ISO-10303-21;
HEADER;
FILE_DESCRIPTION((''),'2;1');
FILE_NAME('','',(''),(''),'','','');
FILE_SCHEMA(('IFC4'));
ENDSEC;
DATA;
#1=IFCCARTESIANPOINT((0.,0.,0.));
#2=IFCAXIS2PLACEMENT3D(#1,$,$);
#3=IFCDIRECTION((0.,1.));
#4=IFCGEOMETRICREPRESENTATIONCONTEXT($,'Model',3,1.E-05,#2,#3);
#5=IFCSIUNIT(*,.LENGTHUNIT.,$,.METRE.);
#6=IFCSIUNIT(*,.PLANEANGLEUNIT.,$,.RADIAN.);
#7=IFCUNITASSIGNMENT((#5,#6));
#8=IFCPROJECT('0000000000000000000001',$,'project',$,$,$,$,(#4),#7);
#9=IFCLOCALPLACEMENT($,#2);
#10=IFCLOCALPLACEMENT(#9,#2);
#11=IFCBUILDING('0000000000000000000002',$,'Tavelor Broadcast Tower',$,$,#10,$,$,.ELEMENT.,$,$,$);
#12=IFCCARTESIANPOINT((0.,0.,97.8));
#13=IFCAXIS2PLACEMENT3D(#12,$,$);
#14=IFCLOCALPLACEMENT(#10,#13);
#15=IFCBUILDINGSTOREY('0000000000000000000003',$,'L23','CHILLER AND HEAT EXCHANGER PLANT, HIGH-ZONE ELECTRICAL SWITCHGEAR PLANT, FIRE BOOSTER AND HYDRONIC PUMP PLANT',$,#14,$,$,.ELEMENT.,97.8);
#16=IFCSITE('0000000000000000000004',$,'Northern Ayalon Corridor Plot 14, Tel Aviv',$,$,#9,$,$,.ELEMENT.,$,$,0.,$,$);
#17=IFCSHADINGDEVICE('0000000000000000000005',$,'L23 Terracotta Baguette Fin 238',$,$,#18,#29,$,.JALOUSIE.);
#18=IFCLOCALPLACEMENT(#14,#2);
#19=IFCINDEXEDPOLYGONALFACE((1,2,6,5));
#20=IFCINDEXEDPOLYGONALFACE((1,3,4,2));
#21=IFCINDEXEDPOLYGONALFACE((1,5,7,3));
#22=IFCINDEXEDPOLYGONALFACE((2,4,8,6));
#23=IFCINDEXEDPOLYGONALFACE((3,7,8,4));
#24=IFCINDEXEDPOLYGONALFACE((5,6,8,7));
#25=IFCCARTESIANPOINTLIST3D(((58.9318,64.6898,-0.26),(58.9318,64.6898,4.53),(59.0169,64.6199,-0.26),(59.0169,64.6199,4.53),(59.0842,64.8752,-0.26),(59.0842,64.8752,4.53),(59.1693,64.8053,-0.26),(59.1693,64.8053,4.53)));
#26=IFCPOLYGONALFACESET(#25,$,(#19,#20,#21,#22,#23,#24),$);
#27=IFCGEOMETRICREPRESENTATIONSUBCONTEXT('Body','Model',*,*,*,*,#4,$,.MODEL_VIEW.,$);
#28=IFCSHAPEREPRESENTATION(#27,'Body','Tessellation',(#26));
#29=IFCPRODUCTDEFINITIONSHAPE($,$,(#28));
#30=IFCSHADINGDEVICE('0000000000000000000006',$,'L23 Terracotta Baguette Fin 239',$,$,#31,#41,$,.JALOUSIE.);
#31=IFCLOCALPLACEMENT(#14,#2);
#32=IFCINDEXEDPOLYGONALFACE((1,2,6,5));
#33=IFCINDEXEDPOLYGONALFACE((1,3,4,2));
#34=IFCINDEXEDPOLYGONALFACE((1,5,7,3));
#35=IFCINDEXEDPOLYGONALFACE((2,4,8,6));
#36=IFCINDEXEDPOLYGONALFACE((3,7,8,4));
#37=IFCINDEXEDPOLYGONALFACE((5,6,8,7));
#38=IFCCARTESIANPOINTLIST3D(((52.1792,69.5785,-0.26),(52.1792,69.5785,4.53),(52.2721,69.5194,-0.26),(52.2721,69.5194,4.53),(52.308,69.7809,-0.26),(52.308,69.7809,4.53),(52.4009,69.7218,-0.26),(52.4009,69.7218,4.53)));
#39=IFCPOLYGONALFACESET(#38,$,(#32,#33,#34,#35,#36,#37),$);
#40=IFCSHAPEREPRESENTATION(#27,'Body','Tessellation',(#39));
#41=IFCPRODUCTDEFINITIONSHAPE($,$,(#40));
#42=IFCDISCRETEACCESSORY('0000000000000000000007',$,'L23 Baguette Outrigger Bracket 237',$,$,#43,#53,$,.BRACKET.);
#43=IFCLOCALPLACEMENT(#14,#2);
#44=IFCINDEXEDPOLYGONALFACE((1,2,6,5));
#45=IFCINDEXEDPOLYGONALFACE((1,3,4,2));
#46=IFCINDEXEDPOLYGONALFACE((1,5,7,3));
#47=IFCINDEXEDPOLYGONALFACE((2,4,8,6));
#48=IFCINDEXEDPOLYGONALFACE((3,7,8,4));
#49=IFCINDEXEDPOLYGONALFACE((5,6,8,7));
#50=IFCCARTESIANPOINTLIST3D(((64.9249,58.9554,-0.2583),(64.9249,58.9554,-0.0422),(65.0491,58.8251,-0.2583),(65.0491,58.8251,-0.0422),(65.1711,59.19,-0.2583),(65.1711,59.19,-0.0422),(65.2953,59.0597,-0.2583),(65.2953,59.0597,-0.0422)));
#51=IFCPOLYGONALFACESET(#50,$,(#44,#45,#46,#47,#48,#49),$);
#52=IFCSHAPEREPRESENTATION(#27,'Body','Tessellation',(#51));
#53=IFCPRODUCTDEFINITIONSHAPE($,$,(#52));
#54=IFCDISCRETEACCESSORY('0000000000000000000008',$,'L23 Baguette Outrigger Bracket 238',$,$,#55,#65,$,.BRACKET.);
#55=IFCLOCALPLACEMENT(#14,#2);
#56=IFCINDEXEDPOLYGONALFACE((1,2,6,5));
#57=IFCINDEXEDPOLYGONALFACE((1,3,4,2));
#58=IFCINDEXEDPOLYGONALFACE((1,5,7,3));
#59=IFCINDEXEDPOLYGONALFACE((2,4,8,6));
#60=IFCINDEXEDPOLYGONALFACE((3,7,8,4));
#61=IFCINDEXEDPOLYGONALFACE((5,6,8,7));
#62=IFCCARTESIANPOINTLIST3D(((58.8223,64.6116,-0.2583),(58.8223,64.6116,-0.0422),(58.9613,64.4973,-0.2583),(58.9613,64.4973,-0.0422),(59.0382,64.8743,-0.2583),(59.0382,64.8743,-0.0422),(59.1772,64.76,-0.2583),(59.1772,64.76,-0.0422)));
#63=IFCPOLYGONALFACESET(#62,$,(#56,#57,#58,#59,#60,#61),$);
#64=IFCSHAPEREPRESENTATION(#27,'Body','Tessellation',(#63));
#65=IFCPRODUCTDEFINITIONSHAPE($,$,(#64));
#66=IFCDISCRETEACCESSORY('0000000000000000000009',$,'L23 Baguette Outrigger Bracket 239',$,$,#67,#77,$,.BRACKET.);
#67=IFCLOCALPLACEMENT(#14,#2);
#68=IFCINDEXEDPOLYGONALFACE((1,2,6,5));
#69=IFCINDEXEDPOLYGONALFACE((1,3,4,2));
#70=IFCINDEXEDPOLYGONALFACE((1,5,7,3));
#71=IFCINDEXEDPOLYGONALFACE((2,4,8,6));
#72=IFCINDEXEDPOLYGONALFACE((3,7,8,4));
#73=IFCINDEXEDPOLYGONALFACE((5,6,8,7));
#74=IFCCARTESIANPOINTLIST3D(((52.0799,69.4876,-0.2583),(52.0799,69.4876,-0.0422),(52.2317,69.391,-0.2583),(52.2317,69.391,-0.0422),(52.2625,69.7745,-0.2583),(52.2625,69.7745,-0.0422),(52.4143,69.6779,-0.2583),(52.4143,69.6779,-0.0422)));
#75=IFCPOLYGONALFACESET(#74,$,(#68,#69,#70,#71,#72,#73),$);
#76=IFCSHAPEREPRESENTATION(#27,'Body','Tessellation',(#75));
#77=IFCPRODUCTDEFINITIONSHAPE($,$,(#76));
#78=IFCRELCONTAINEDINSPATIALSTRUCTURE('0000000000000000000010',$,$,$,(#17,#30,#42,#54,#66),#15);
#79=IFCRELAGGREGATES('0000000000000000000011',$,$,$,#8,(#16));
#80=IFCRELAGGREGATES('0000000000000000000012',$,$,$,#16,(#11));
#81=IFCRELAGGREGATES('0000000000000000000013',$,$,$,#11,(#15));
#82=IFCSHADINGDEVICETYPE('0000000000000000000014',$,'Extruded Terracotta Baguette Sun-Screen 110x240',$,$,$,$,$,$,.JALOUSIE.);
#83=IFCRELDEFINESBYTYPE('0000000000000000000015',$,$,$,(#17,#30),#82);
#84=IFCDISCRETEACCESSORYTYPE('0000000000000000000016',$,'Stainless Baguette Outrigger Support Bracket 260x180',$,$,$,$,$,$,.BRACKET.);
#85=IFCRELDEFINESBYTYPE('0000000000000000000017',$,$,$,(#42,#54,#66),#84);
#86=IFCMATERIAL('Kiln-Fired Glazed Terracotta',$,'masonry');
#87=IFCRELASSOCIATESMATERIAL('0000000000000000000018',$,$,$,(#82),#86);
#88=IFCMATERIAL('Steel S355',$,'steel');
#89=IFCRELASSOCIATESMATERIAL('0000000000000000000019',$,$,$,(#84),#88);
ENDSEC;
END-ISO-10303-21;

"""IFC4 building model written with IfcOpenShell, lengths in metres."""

from ifc_helpers import new_model, si_unit, direction, frame, origin, origin_2d, place, context, subcontext, project, spatial, rectangle, extrude, source, transform, mapped, material, type_object, type_shapes, element, save


model = new_model("IFC4")

# Units and contexts
model_context = context("Model", 3, precision=1e-05, world=origin(), true_north=direction((0.0, 1.0)))
body_context = subcontext(model_context, "Body", "Model", "MODEL_VIEW")
ifc_project = project(units=[si_unit("LENGTHUNIT", "METRE"), si_unit("PLANEANGLEUNIT", "RADIAN")], contexts=[model_context])

# Site, building, storey
site_placement = place(None, origin())
site = spatial("IfcSite", under=ifc_project, at=site_placement, Name="Northern Ayalon Corridor Plot 14, Tel Aviv", CompositionType="ELEMENT", RefElevation=0.0)
building_placement = place(site_placement, origin())
building = spatial("IfcBuilding", under=site, at=building_placement, Name="Tavelor Broadcast Tower", CompositionType="ELEMENT")
storey_placement = place(building_placement, frame((0.0, 0.0, 97.8)))
storey = spatial("IfcBuildingStorey", under=building, at=storey_placement, Name="L23", Description="CHILLER AND HEAT EXCHANGER PLANT, HIGH-ZONE ELECTRICAL SWITCHGEAR PLANT, FIRE BOOSTER AND HYDRONIC PUMP PLANT", CompositionType="ELEMENT", Elevation=97.8)

# Shared definitions
ifc_material_1 = material(Name="Steel S355", Category="steel")

# Shading devices
ifc_material_2 = material(Name="Kiln-Fired Glazed Terracotta", Category="masonry")
shading_device_type = type_object("IfcShadingDeviceType", Name="Extruded Terracotta Baguette Sun-Screen 110x240", PredefinedType="JALOUSIE", material=ifc_material_2)
shared_shape_1 = source(origin(), body_context, "Body", "SweptSolid", [
    extrude(rectangle(XDim=0.1101, YDim=0.24, at=origin_2d()), origin(), (0.0, 0.0, 1.0), 4.79),
])
type_shapes(shading_device_type, [shared_shape_1])
for number, where, z_axis, x_axis, name in (
    (1, (59.0505, 64.7476, -0.26), (0.0, 0.0, 1.0), (-0.772512, 0.635, 0.0), "L23 Terracotta Baguette Fin 238"),
    (2, (52.29, 69.6501, -0.26), (0.0, 0.0, 1.0), (-0.843673, 0.536858, 0.0), "L23 Terracotta Baguette Fin 239"),
):
    element("IfcShadingDevice", number, at=place(storey_placement, frame(where, z_axis=z_axis, x_axis=x_axis)), inside=storey, type_object=shading_device_type, Name=name, PredefinedType="JALOUSIE", context=body_context, shape_type="MappedRepresentation", body=[
        mapped(shared_shape_1, transform((0.0, 0.0, 0.0), scale=1.0)),
    ])

# Discrete accessories
discrete_accessory_type = type_object("IfcDiscreteAccessoryType", Name="Stainless Baguette Outrigger Support Bracket 260x180", PredefinedType="BRACKET", material=ifc_material_1)
shared_shape_2 = source(origin(), body_context, "Body", "SweptSolid", [
    extrude(rectangle(XDim=0.1799, YDim=0.3401, at=origin_2d()), origin(), (0.0, 0.0, 1.0), 0.2161),
])
type_shapes(discrete_accessory_type, [shared_shape_2])
for number, where, z_axis, x_axis, name in (
    (3, (65.1101, 59.0076, -0.2583), (0.0, 0.0, 1.0), (-0.689872, 0.723931, 0.0), "L23 Baguette Outrigger Bracket 237"),
    (4, (58.9998, 64.6858, -0.2583), (0.0, 0.0, 1.0), (-0.772512, 0.635, 0.0), "L23 Baguette Outrigger Bracket 238"),
    (5, (52.2471, 69.5828, -0.2583), (0.0, 0.0, 1.0), (-0.843673, 0.536858, 0.0), "L23 Baguette Outrigger Bracket 239"),
):
    element("IfcDiscreteAccessory", number, at=place(storey_placement, frame(where, z_axis=z_axis, x_axis=x_axis)), inside=storey, type_object=discrete_accessory_type, Name=name, PredefinedType="BRACKET", context=body_context, shape_type="MappedRepresentation", body=[
        mapped(shared_shape_2, transform((0.0, 0.0, 0.0), scale=1.0)),
    ])

save(model, "model.ifc")
